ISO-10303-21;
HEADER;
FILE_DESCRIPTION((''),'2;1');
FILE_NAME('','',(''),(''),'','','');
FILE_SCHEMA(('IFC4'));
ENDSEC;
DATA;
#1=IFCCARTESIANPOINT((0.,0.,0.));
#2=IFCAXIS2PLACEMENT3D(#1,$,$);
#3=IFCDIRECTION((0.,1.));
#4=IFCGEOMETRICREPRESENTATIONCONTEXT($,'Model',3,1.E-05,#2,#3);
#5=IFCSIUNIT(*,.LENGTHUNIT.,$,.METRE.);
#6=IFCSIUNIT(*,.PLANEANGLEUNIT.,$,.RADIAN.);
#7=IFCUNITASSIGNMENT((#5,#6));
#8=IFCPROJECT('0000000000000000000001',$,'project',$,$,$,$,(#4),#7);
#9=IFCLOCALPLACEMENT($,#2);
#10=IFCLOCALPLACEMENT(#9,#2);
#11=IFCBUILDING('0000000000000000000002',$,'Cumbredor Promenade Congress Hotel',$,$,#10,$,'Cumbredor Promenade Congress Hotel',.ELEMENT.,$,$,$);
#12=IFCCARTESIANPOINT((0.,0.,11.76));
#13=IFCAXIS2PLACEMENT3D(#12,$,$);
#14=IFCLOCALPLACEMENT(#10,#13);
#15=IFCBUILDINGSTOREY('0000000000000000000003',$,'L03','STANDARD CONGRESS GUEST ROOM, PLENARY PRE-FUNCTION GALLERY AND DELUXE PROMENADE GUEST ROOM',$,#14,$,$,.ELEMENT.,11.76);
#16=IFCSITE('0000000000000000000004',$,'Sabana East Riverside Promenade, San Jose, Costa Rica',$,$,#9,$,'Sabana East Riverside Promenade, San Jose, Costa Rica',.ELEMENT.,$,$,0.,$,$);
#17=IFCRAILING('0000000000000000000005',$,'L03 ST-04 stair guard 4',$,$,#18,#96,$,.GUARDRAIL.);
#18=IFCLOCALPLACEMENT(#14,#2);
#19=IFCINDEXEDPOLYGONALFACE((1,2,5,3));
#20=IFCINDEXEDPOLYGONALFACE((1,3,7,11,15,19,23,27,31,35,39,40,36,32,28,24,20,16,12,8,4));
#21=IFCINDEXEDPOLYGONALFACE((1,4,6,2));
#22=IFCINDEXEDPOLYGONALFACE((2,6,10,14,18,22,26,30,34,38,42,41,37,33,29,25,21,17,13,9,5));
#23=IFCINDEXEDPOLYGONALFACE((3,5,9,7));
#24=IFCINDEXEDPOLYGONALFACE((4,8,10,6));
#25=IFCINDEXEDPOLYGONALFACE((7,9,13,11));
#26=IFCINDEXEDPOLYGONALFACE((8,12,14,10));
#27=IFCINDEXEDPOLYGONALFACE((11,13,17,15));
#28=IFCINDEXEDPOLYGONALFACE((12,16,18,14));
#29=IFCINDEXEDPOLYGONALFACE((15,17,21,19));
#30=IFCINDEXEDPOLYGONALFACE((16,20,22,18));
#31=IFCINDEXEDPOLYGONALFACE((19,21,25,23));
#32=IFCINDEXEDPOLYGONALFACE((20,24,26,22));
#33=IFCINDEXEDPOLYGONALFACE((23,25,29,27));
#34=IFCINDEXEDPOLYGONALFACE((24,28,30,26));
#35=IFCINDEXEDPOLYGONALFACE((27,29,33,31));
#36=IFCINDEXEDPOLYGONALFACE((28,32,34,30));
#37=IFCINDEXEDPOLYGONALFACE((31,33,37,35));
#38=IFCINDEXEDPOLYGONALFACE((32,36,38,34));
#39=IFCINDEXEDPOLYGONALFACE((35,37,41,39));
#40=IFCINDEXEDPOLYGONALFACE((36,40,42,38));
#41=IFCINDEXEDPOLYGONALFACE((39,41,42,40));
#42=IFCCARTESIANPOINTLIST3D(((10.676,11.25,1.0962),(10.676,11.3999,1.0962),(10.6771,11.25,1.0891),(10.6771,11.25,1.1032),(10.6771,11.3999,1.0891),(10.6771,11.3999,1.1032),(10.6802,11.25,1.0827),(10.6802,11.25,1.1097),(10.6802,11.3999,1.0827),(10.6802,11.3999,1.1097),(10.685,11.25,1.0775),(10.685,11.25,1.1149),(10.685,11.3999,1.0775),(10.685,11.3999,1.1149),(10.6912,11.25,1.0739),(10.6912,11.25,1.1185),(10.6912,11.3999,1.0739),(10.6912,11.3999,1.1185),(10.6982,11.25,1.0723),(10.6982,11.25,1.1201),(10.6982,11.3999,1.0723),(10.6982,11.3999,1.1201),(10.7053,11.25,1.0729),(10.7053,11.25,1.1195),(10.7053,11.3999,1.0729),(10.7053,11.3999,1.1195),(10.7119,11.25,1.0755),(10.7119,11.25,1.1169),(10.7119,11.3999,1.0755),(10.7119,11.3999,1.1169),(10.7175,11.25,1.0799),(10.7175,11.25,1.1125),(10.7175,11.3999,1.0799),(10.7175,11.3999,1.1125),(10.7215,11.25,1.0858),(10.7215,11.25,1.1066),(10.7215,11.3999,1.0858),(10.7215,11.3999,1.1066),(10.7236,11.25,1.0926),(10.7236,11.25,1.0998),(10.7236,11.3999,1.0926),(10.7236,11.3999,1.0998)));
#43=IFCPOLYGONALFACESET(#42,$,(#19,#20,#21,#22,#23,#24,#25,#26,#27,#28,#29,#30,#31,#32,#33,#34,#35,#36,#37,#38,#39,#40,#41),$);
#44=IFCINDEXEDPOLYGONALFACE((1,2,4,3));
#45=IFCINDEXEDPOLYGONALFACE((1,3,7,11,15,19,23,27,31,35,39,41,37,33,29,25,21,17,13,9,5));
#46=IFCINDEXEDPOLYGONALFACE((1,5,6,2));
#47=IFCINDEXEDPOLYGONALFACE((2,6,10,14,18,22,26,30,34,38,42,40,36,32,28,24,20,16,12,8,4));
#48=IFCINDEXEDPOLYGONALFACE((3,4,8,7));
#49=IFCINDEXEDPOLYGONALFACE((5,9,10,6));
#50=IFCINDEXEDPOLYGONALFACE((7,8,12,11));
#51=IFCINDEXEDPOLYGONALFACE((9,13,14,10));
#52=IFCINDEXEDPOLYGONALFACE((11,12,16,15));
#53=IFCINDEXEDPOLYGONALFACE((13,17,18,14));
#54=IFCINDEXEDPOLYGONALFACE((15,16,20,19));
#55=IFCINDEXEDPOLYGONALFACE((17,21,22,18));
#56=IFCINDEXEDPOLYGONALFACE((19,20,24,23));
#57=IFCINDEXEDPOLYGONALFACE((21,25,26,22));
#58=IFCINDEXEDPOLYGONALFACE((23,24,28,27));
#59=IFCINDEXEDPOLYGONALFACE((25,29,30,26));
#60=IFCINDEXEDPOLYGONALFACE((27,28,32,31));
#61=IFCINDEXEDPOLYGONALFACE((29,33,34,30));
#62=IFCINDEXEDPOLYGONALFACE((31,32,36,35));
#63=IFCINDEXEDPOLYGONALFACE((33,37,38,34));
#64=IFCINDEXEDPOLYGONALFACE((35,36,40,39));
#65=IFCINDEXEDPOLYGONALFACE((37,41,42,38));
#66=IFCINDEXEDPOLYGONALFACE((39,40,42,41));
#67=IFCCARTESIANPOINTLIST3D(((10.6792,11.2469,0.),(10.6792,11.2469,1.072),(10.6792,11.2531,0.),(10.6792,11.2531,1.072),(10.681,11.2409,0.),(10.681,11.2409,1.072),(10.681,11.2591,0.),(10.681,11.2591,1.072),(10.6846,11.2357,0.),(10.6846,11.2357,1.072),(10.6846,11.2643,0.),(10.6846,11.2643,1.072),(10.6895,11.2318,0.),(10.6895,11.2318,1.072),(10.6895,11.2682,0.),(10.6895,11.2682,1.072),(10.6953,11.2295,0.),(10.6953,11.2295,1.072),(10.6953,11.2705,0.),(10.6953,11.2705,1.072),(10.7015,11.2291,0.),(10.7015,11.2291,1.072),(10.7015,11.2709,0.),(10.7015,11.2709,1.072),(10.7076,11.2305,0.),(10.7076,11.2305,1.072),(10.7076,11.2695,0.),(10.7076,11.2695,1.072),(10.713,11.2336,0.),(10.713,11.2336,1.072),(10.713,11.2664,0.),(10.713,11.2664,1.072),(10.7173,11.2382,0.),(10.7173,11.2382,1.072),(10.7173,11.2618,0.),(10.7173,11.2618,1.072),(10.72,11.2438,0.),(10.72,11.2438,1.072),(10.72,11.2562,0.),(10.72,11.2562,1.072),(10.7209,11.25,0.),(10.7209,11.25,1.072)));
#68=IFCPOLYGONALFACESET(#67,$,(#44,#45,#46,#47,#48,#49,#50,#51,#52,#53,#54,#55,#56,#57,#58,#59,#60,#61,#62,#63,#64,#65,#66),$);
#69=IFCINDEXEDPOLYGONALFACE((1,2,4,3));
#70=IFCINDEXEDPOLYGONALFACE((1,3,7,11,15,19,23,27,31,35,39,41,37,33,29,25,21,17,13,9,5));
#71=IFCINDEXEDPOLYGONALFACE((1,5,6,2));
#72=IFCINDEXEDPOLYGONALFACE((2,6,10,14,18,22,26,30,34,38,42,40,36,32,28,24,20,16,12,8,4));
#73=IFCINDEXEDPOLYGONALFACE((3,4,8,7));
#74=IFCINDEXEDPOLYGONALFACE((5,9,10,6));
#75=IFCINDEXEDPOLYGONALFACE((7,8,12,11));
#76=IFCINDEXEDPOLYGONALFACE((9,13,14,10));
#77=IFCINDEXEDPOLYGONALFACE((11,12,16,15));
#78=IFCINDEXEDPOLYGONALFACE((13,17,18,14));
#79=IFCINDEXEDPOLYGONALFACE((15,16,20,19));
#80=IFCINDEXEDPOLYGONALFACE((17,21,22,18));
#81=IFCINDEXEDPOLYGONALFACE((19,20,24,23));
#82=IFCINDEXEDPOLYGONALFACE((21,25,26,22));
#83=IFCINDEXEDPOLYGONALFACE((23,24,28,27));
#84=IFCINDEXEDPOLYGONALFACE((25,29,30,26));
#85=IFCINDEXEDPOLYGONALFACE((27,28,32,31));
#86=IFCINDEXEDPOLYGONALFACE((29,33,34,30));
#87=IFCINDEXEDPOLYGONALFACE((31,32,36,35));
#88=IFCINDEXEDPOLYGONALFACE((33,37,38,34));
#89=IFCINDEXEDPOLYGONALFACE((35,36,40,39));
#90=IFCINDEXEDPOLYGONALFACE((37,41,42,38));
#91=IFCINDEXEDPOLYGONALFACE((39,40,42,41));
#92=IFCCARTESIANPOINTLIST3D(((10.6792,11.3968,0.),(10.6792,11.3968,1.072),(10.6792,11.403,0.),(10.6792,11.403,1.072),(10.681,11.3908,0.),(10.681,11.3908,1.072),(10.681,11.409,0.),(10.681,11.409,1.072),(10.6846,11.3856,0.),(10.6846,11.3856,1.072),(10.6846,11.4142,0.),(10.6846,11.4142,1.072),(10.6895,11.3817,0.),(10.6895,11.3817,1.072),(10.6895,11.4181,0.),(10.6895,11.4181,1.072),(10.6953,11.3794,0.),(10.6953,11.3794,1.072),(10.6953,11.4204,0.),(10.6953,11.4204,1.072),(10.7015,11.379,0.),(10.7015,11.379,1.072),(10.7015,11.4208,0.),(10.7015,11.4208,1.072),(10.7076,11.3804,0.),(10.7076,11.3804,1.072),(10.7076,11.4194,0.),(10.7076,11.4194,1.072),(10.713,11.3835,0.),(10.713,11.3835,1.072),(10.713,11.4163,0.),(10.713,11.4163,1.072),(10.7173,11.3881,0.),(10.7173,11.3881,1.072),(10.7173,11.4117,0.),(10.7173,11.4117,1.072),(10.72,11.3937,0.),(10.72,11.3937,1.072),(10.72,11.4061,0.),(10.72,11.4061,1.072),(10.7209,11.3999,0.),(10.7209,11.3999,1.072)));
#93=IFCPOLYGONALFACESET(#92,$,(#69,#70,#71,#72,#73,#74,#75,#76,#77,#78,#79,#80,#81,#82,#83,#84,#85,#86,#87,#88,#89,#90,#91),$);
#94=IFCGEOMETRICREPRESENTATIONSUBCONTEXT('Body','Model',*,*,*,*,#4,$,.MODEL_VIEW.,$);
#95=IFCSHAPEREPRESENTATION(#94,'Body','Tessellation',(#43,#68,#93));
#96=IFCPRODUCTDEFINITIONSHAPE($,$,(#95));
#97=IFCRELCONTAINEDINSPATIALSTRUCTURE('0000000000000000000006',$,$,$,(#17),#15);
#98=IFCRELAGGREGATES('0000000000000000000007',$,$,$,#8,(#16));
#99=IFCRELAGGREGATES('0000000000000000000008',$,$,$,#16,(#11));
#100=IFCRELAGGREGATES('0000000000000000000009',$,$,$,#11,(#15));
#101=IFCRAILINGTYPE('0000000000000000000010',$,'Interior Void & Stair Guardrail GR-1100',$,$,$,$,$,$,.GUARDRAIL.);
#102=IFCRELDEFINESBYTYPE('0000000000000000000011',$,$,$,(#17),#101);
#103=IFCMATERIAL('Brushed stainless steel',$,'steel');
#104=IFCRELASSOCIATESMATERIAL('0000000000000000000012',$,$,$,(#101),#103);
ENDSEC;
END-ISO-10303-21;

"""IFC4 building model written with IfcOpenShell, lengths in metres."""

from ifc_helpers import new_model, si_unit, direction, frame, origin, origin_2d, place, context, subcontext, project, spatial, circle, extrude, material, type_object, element, save


model = new_model("IFC4")

# Units and contexts
model_context = context("Model", 3, precision=1e-05, world=origin(), true_north=direction((0.0, 1.0)))
body_context = subcontext(model_context, "Body", "Model", "MODEL_VIEW")
ifc_project = project(units=[si_unit("LENGTHUNIT", "METRE"), si_unit("PLANEANGLEUNIT", "RADIAN")], contexts=[model_context])

# Site, building, storey
site_placement = place(None, origin())
site = spatial("IfcSite", under=ifc_project, at=site_placement, Name="Sabana East Riverside Promenade, San Jose, Costa Rica", LongName="Sabana East Riverside Promenade, San Jose, Costa Rica", CompositionType="ELEMENT", RefElevation=0.0)
building_placement = place(site_placement, origin())
building = spatial("IfcBuilding", under=site, at=building_placement, Name="Cumbredor Promenade Congress Hotel", LongName="Cumbredor Promenade Congress Hotel", CompositionType="ELEMENT")
storey_placement = place(building_placement, frame((0.0, 0.0, 11.76)))
storey = spatial("IfcBuildingStorey", under=building, at=storey_placement, Name="L03", Description="STANDARD CONGRESS GUEST ROOM, PLENARY PRE-FUNCTION GALLERY AND DELUXE PROMENADE GUEST ROOM", CompositionType="ELEMENT", Elevation=11.76)

# Railing
ifc_material_1 = material(Name="Brushed stainless steel", Category="steel")
railing_type = type_object("IfcRailingType", Name="Interior Void & Stair Guardrail GR-1100", PredefinedType="GUARDRAIL", material=ifc_material_1)
railing_placement = place(storey_placement, frame((10.7, 11.25, 0.0)))
element("IfcRailing", 1, at=railing_placement, inside=storey, type_object=railing_type, Name="L03 ST-04 stair guard 4", PredefinedType="GUARDRAIL", context=body_context, shape_type="SweptSolid", body=[
    extrude(circle(Radius=0.0239, at=origin_2d()), frame((0.0, 0.0, 1.0962), z_axis=(0.0, 1.0, 0.0), x_axis=(-1.0, 0.0, 0.0)), (0.0, 0.0, 1.0), 0.1499),
    extrude(circle(Radius=0.021, at=origin_2d()), origin(), (0.0, 0.0, 1.0), 1.072),
    extrude(circle(Radius=0.021, at=origin_2d()), frame((0.0, 0.1499, 0.0)), (0.0, 0.0, 1.0), 1.072),
])

save(model, "model.ifc")
